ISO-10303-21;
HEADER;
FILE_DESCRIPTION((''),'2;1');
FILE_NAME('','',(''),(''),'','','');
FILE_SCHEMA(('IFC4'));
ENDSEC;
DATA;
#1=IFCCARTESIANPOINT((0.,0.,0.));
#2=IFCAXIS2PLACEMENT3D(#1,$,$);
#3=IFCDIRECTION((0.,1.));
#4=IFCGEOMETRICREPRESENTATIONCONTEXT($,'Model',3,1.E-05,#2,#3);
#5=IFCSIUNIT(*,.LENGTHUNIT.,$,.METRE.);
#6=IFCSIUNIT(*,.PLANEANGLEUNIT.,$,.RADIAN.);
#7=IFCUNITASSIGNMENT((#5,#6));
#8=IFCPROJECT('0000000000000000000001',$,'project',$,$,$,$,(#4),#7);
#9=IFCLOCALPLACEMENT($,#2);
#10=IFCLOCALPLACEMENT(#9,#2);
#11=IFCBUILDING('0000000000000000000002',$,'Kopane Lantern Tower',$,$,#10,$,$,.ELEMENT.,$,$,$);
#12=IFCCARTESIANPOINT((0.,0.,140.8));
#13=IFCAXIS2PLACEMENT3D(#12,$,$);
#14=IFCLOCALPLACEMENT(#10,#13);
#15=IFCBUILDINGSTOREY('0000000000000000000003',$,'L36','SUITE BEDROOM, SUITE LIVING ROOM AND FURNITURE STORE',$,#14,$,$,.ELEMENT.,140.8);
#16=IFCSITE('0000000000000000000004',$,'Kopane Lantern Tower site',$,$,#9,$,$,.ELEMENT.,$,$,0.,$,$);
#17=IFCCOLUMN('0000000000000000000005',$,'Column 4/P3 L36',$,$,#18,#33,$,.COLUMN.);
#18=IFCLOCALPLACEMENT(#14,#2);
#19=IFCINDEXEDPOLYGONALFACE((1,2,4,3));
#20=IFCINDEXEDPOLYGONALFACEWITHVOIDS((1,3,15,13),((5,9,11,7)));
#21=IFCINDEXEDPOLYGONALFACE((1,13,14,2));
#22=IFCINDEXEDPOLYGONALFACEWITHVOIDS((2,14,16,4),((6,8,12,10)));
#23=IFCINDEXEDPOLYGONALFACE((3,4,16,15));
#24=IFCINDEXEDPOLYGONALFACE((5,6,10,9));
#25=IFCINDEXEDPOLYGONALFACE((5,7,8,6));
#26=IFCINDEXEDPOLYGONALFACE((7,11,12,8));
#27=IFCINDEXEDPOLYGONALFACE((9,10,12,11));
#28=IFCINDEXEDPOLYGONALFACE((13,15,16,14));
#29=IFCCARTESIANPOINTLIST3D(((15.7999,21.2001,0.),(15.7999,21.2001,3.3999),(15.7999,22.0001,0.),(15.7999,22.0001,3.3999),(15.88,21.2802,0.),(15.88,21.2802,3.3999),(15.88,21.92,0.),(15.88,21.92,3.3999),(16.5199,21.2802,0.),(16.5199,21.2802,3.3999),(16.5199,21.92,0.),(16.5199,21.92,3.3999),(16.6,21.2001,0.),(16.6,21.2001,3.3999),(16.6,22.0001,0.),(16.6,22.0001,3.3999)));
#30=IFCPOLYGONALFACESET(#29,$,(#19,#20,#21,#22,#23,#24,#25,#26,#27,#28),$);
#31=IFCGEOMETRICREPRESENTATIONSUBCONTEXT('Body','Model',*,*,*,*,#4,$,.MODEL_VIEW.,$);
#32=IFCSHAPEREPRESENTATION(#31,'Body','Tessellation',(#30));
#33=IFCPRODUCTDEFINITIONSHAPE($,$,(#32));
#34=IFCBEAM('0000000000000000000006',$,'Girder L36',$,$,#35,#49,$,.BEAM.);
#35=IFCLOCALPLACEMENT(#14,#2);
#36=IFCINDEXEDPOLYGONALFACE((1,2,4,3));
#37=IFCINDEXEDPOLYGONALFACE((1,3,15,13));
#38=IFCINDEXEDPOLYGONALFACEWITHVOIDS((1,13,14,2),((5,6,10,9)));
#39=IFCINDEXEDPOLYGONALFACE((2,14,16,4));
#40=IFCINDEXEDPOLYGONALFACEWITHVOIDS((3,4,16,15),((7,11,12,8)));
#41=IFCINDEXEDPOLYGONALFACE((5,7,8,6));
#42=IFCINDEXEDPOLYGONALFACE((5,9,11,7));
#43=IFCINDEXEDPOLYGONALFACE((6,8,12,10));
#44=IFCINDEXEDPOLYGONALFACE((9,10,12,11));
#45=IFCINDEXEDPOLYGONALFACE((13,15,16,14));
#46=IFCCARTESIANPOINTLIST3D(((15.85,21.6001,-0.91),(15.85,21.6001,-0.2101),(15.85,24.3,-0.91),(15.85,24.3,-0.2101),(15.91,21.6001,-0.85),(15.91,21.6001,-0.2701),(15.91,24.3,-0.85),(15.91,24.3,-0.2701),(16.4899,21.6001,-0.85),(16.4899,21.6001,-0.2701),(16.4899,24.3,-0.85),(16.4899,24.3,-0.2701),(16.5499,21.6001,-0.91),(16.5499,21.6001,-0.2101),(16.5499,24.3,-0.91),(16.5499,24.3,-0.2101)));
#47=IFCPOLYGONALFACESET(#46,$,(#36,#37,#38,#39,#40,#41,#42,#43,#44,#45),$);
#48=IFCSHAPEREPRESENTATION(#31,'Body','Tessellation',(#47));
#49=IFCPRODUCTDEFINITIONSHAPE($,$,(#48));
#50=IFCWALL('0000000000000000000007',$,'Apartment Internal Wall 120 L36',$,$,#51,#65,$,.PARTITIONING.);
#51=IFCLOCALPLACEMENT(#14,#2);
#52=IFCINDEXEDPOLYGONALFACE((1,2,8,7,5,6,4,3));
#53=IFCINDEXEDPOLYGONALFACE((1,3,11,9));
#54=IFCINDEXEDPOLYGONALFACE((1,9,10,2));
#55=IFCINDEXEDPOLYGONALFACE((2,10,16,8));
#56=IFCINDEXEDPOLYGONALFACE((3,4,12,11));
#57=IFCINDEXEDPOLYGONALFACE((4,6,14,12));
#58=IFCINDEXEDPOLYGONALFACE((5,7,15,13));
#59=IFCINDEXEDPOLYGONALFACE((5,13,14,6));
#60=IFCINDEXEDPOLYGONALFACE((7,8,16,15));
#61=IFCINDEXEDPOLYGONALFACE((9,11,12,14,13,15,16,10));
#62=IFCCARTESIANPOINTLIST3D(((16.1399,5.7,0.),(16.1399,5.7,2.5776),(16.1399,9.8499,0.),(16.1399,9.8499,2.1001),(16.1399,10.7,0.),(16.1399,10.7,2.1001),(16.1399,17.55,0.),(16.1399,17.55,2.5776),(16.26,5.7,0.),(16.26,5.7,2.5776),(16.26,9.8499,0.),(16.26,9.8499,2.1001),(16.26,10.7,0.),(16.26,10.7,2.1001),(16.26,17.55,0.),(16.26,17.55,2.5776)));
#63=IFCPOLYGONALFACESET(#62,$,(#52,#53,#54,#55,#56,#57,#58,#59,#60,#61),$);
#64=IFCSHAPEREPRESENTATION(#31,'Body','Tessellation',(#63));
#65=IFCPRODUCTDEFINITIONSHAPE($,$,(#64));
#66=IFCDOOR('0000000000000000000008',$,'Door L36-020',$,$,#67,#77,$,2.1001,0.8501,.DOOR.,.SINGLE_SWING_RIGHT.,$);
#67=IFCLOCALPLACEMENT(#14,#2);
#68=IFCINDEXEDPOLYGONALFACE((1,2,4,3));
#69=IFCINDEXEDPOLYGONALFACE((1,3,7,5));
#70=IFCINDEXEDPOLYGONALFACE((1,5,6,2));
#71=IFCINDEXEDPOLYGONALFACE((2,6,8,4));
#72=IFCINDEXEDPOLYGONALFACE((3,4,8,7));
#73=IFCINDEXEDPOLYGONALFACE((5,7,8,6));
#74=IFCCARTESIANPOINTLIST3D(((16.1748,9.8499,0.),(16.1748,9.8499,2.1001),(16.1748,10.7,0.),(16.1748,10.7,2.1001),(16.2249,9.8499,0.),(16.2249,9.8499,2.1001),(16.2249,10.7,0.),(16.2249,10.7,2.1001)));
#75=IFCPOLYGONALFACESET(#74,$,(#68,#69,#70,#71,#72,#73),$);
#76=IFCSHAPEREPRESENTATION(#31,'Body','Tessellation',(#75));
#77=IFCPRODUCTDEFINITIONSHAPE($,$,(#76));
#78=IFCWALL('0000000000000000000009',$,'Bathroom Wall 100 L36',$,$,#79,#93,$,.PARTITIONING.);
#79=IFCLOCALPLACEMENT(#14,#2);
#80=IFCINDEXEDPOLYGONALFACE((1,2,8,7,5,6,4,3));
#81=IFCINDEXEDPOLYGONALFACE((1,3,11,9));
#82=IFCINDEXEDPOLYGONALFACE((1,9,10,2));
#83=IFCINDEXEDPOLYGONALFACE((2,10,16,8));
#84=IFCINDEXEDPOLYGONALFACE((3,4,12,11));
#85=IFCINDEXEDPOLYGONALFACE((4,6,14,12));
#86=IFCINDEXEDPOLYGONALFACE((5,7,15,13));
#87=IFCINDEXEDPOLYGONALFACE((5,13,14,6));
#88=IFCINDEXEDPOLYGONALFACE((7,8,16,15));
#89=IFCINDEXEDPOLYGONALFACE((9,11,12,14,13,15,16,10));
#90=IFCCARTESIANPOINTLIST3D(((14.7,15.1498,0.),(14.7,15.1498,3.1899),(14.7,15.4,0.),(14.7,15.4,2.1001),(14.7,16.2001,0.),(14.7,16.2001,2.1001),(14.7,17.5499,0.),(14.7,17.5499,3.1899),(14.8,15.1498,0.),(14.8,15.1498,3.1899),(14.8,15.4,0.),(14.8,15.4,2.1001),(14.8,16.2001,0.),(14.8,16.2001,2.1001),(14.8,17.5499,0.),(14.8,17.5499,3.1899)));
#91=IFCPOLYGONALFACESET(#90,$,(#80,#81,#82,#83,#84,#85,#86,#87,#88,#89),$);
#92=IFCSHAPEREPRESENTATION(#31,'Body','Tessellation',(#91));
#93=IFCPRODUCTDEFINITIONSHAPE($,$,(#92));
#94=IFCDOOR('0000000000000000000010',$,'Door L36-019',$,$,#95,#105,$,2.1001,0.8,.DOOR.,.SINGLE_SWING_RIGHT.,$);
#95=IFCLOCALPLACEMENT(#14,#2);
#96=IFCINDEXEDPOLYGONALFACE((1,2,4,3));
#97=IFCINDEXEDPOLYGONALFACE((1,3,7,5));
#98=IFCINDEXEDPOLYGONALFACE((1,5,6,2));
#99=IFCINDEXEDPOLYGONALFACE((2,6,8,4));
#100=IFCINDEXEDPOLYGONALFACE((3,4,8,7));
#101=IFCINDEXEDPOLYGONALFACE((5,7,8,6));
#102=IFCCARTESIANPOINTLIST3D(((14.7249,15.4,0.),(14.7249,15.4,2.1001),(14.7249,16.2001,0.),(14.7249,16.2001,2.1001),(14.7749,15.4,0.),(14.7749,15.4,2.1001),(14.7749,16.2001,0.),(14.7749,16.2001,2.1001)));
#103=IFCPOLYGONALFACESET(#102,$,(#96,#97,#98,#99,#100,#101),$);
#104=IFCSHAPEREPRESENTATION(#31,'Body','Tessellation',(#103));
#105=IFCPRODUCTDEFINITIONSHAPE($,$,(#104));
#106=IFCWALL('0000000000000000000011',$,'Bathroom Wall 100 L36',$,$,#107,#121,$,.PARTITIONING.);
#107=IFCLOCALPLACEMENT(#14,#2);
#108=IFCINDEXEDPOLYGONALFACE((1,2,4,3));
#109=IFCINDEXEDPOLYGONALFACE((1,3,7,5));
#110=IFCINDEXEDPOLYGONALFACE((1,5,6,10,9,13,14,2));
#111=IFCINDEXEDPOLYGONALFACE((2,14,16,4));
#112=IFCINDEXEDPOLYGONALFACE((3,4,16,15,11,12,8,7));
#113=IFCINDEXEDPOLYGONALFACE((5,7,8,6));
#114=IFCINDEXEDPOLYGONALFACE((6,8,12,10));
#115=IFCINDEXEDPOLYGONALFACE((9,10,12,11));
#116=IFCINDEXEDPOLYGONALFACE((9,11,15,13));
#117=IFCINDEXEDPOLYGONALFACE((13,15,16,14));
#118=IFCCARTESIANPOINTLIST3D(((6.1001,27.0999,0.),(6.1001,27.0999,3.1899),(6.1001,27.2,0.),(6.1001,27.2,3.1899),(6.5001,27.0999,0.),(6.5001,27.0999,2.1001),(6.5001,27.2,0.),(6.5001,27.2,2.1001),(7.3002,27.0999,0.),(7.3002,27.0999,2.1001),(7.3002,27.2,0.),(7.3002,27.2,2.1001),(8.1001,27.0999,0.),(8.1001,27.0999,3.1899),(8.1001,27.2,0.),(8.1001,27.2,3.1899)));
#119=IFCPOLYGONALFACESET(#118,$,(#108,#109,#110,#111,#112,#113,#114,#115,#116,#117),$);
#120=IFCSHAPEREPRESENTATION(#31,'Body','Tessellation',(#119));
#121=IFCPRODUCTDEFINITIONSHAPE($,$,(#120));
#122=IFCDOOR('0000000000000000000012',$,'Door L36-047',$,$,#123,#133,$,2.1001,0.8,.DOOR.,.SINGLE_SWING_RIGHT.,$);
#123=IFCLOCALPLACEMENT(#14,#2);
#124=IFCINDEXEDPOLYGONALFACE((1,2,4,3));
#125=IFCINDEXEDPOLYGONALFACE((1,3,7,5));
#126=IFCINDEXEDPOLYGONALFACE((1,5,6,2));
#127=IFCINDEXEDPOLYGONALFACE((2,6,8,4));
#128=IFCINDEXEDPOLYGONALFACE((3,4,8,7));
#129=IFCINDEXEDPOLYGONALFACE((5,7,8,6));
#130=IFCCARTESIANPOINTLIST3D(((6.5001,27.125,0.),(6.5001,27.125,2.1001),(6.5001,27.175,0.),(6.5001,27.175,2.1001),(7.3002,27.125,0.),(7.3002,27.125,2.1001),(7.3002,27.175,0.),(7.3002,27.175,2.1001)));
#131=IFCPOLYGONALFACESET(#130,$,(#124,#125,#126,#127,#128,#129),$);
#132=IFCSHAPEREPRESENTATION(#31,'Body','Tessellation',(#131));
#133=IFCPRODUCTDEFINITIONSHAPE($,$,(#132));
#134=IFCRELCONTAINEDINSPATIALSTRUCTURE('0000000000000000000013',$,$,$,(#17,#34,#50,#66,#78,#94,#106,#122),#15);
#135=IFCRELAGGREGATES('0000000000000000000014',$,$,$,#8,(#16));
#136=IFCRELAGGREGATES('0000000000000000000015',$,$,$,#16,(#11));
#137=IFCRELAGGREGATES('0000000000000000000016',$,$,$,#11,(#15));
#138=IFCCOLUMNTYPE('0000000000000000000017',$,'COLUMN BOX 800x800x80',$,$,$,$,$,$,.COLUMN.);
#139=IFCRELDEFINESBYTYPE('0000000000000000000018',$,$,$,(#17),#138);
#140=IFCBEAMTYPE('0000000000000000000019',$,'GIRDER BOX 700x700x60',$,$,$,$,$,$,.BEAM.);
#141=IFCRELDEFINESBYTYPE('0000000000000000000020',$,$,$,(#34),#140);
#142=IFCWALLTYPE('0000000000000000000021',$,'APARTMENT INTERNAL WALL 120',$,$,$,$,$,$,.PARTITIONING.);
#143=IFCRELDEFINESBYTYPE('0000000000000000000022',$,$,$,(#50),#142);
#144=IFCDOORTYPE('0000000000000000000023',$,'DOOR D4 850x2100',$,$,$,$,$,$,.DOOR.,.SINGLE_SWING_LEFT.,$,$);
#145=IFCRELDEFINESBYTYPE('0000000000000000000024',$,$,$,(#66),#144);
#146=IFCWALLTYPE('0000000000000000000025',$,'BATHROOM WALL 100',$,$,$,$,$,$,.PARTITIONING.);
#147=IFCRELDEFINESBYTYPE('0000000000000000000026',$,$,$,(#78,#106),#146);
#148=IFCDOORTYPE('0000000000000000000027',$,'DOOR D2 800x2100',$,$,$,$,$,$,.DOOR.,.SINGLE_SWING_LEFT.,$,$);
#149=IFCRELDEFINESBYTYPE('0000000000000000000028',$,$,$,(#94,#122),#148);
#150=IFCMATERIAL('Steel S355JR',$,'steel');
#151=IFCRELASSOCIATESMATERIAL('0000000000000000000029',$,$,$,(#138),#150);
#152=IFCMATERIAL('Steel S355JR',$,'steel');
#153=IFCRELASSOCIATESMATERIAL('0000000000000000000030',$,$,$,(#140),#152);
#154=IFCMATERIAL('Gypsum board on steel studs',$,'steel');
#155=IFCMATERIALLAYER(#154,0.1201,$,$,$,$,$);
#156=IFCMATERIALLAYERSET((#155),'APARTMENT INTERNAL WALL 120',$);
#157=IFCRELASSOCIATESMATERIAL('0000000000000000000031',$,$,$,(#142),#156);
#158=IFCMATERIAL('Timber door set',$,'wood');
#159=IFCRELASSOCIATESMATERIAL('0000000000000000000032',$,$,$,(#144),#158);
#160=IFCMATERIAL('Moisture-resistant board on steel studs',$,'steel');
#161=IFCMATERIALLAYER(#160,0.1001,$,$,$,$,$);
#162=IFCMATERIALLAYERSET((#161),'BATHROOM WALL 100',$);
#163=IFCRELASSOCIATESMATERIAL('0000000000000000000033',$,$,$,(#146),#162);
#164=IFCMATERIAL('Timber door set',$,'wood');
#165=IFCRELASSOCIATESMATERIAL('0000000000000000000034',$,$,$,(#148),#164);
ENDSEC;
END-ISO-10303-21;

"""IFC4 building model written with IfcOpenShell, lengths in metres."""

from ifc_helpers import new_model, si_unit, direction, frame, frame_2d, origin, origin_2d, place, context, subcontext, project, spatial, rectangle, hollow_rectangle, extrude, material, layer, layer_set, material_profile, profile_set, type_object, element, fill, save


model = new_model("IFC4")

# Units and contexts
model_context = context("Model", 3, precision=1e-05, world=origin(), true_north=direction((0.0, 1.0)))
body_context = subcontext(model_context, "Body", "Model", "MODEL_VIEW")
ifc_project = project(units=[si_unit("LENGTHUNIT", "METRE"), si_unit("PLANEANGLEUNIT", "RADIAN")], contexts=[model_context])

# Site, building, storey
site_placement = place(None, origin())
site = spatial("IfcSite", under=ifc_project, at=site_placement, Name="Kopane Lantern Tower site", CompositionType="ELEMENT", RefElevation=0.0)
building_placement = place(site_placement, origin())
building = spatial("IfcBuilding", under=site, at=building_placement, Name="Kopane Lantern Tower", CompositionType="ELEMENT")
storey_placement = place(building_placement, frame((0.0, 0.0, 140.8)))
storey = spatial("IfcBuildingStorey", under=building, at=storey_placement, Name="L36", Description="SUITE BEDROOM, SUITE LIVING ROOM AND FURNITURE STORE", CompositionType="ELEMENT", Elevation=140.8)

# Column
ifc_material_1 = material(Name="Steel S355JR", Category="steel")
ifc_material_profile_1 = material_profile(ifc_material_1, hollow_rectangle(XDim=0.8, YDim=0.8, WallThickness=0.0801, at=origin_2d()), Name="BOX 800x800x80")
ifc_profile_set_1 = profile_set([ifc_material_profile_1], Name="Steel S355JR")
column_type = type_object("IfcColumnType", Name="COLUMN BOX 800x800x80", PredefinedType="COLUMN", material=ifc_profile_set_1)
column_placement = place(storey_placement, frame((16.2, 21.6001, 0.0), z_axis=(0.0, 0.0, 1.0), x_axis=(1.0, 0.0, 0.0)))
element("IfcColumn", 1, at=column_placement, inside=storey, type_object=column_type, Name="Column 4/P3 L36", PredefinedType="COLUMN", context=body_context, shape_type="SweptSolid", body=[
    extrude(hollow_rectangle(XDim=0.8, YDim=0.8, WallThickness=0.0801, at=origin_2d()), origin(), (0.0, 0.0, 1.0), 3.3999),
])

# Beam
ifc_material_2 = material(Name="Steel S355JR", Category="steel")
ifc_material_profile_2 = material_profile(ifc_material_2, hollow_rectangle(XDim=0.7, YDim=0.7, WallThickness=0.0601, at=origin_2d()), Name="BOX 700x700x60")
ifc_profile_set_2 = profile_set([ifc_material_profile_2], Name="Steel S355JR")
beam_type = type_object("IfcBeamType", Name="GIRDER BOX 700x700x60", PredefinedType="BEAM", material=ifc_profile_set_2)
beam_placement = place(storey_placement, frame((16.2, 21.6001, -0.5601), z_axis=(0.0, 1.0, 0.0), x_axis=(-1.0, 0.0, 0.0)))
element("IfcBeam", 2, at=beam_placement, inside=storey, type_object=beam_type, Name="Girder L36", PredefinedType="BEAM", context=body_context, shape_type="SweptSolid", body=[
    extrude(hollow_rectangle(XDim=0.7, YDim=0.7, WallThickness=0.0601, at=origin_2d()), origin(), (0.0, 0.0, 1.0), 2.7),
])

# Walls, openings, doors
ifc_material_3 = material(Name="Gypsum board on steel studs", Category="steel")
ifc_layer_1 = layer(ifc_material_3, 0.1201)
ifc_layer_set_1 = layer_set([ifc_layer_1], Name="APARTMENT INTERNAL WALL 120")
wall_type_1 = type_object("IfcWallType", Name="APARTMENT INTERNAL WALL 120", PredefinedType="PARTITIONING", material=ifc_layer_set_1)
wall_1_placement = place(storey_placement, frame((16.2, 17.55, 0.0), z_axis=(0.0, 0.0, 1.0), x_axis=(0.0, -1.0, 0.0)))
wall_1 = element("IfcWall", 3, at=wall_1_placement, inside=storey, type_object=wall_type_1, Name="Apartment Internal Wall 120 L36", PredefinedType="PARTITIONING", context=body_context, shape_type="SweptSolid", body=[
    extrude(rectangle(XDim=11.8501, YDim=0.1201, at=frame_2d((5.925, 0.0))), origin(), (0.0, 0.0, 1.0), 2.5776),
])
opening_1_placement = place(wall_1_placement, frame((6.8501, 0.0, 0.0)))
opening_1 = element("IfcOpeningElement", 4, at=opening_1_placement, cuts=wall_1, PredefinedType="OPENING", context=body_context, shape_type="SweptSolid", body=[
    extrude(rectangle(XDim=0.8501, YDim=2.1001, at=frame_2d((0.425, 1.05))), frame((0.0, 0.0701, 0.0), z_axis=(0.0, -1.0, 0.0), x_axis=(1.0, 0.0, 0.0)), (0.0, 0.0, 1.0), 0.1401),
])
ifc_material_4 = material(Name="Timber door set", Category="wood")
door_type_1 = type_object("IfcDoorType", Name="DOOR D4 850x2100", OperationType="SINGLE_SWING_LEFT", PredefinedType="DOOR", material=ifc_material_4)
door_1_placement = place(opening_1_placement, origin())
door_1 = element("IfcDoor", 5, at=door_1_placement, inside=storey, type_object=door_type_1, Name="Door L36-020", OperationType="SINGLE_SWING_RIGHT", OverallHeight=2.1001, OverallWidth=0.8501, PredefinedType="DOOR", context=body_context, shape_type="SweptSolid", body=[
    extrude(rectangle(XDim=0.8501, YDim=2.1001, at=frame_2d((0.425, 1.05))), frame((0.0, 0.0249, 0.0), z_axis=(0.0, -1.0, 0.0), x_axis=(1.0, 0.0, 0.0)), (0.0, 0.0, 1.0), 0.05),
])
fill(opening_1, door_1)
ifc_material_5 = material(Name="Moisture-resistant board on steel studs", Category="steel")
ifc_layer_2 = layer(ifc_material_5, 0.1001)
ifc_layer_set_2 = layer_set([ifc_layer_2], Name="BATHROOM WALL 100")
wall_type_2 = type_object("IfcWallType", Name="BATHROOM WALL 100", PredefinedType="PARTITIONING", material=ifc_layer_set_2)
wall_2_placement = place(storey_placement, frame((14.75, 17.55, 0.0), z_axis=(0.0, 0.0, 1.0), x_axis=(0.0, -1.0, 0.0)))
wall_2 = element("IfcWall", 6, at=wall_2_placement, inside=storey, type_object=wall_type_2, Name="Bathroom Wall 100 L36", PredefinedType="PARTITIONING", context=body_context, shape_type="SweptSolid", body=[
    extrude(rectangle(XDim=2.4001, YDim=0.1001, at=frame_2d((1.2002, 0.0))), origin(), (0.0, 0.0, 1.0), 3.1899),
])
opening_2_placement = place(wall_2_placement, frame((1.3501, 0.0, 0.0)))
opening_2 = element("IfcOpeningElement", 7, at=opening_2_placement, cuts=wall_2, PredefinedType="OPENING", context=body_context, shape_type="SweptSolid", body=[
    extrude(rectangle(XDim=0.8, YDim=2.1001, at=frame_2d((0.3999, 1.05))), frame((0.0, 0.0601, 0.0), z_axis=(0.0, -1.0, 0.0), x_axis=(1.0, 0.0, 0.0)), (0.0, 0.0, 1.0), 0.1201),
])
ifc_material_6 = material(Name="Timber door set", Category="wood")
door_type_2 = type_object("IfcDoorType", Name="DOOR D2 800x2100", OperationType="SINGLE_SWING_LEFT", PredefinedType="DOOR", material=ifc_material_6)
door_2_placement = place(opening_2_placement, origin())
door_2 = element("IfcDoor", 8, at=door_2_placement, inside=storey, type_object=door_type_2, Name="Door L36-019", OperationType="SINGLE_SWING_RIGHT", OverallHeight=2.1001, OverallWidth=0.8, PredefinedType="DOOR", context=body_context, shape_type="SweptSolid", body=[
    extrude(rectangle(XDim=0.8, YDim=2.1001, at=frame_2d((0.3999, 1.05))), frame((0.0, 0.0249, 0.0), z_axis=(0.0, -1.0, 0.0), x_axis=(1.0, 0.0, 0.0)), (0.0, 0.0, 1.0), 0.05),
])
fill(opening_2, door_2)
wall_3_placement = place(storey_placement, frame((8.1001, 27.1499, 0.0), z_axis=(0.0, 0.0, 1.0), x_axis=(-1.0, 0.0, 0.0)))
wall_3 = element("IfcWall", 9, at=wall_3_placement, inside=storey, type_object=wall_type_2, Name="Bathroom Wall 100 L36", PredefinedType="PARTITIONING", context=body_context, shape_type="SweptSolid", body=[
    extrude(rectangle(XDim=2.0, YDim=0.1001, at=frame_2d((1.0, 0.0))), origin(), (0.0, 0.0, 1.0), 3.1899),
])
opening_3_placement = place(wall_3_placement, frame((0.8, 0.0, 0.0)))
opening_3 = element("IfcOpeningElement", 10, at=opening_3_placement, cuts=wall_3, PredefinedType="OPENING", context=body_context, shape_type="SweptSolid", body=[
    extrude(rectangle(XDim=0.8, YDim=2.1001, at=frame_2d((0.3999, 1.05))), frame((0.0, 0.0601, 0.0), z_axis=(0.0, -1.0, 0.0), x_axis=(1.0, 0.0, 0.0)), (0.0, 0.0, 1.0), 0.1201),
])
door_3_placement = place(opening_3_placement, origin())
door_3 = element("IfcDoor", 11, at=door_3_placement, inside=storey, type_object=door_type_2, Name="Door L36-047", OperationType="SINGLE_SWING_RIGHT", OverallHeight=2.1001, OverallWidth=0.8, PredefinedType="DOOR", context=body_context, shape_type="SweptSolid", body=[
    extrude(rectangle(XDim=0.8, YDim=2.1001, at=frame_2d((0.3999, 1.05))), frame((0.0, 0.0249, 0.0), z_axis=(0.0, -1.0, 0.0), x_axis=(1.0, 0.0, 0.0)), (0.0, 0.0, 1.0), 0.05),
])
fill(opening_3, door_3)

save(model, "model.ifc")
